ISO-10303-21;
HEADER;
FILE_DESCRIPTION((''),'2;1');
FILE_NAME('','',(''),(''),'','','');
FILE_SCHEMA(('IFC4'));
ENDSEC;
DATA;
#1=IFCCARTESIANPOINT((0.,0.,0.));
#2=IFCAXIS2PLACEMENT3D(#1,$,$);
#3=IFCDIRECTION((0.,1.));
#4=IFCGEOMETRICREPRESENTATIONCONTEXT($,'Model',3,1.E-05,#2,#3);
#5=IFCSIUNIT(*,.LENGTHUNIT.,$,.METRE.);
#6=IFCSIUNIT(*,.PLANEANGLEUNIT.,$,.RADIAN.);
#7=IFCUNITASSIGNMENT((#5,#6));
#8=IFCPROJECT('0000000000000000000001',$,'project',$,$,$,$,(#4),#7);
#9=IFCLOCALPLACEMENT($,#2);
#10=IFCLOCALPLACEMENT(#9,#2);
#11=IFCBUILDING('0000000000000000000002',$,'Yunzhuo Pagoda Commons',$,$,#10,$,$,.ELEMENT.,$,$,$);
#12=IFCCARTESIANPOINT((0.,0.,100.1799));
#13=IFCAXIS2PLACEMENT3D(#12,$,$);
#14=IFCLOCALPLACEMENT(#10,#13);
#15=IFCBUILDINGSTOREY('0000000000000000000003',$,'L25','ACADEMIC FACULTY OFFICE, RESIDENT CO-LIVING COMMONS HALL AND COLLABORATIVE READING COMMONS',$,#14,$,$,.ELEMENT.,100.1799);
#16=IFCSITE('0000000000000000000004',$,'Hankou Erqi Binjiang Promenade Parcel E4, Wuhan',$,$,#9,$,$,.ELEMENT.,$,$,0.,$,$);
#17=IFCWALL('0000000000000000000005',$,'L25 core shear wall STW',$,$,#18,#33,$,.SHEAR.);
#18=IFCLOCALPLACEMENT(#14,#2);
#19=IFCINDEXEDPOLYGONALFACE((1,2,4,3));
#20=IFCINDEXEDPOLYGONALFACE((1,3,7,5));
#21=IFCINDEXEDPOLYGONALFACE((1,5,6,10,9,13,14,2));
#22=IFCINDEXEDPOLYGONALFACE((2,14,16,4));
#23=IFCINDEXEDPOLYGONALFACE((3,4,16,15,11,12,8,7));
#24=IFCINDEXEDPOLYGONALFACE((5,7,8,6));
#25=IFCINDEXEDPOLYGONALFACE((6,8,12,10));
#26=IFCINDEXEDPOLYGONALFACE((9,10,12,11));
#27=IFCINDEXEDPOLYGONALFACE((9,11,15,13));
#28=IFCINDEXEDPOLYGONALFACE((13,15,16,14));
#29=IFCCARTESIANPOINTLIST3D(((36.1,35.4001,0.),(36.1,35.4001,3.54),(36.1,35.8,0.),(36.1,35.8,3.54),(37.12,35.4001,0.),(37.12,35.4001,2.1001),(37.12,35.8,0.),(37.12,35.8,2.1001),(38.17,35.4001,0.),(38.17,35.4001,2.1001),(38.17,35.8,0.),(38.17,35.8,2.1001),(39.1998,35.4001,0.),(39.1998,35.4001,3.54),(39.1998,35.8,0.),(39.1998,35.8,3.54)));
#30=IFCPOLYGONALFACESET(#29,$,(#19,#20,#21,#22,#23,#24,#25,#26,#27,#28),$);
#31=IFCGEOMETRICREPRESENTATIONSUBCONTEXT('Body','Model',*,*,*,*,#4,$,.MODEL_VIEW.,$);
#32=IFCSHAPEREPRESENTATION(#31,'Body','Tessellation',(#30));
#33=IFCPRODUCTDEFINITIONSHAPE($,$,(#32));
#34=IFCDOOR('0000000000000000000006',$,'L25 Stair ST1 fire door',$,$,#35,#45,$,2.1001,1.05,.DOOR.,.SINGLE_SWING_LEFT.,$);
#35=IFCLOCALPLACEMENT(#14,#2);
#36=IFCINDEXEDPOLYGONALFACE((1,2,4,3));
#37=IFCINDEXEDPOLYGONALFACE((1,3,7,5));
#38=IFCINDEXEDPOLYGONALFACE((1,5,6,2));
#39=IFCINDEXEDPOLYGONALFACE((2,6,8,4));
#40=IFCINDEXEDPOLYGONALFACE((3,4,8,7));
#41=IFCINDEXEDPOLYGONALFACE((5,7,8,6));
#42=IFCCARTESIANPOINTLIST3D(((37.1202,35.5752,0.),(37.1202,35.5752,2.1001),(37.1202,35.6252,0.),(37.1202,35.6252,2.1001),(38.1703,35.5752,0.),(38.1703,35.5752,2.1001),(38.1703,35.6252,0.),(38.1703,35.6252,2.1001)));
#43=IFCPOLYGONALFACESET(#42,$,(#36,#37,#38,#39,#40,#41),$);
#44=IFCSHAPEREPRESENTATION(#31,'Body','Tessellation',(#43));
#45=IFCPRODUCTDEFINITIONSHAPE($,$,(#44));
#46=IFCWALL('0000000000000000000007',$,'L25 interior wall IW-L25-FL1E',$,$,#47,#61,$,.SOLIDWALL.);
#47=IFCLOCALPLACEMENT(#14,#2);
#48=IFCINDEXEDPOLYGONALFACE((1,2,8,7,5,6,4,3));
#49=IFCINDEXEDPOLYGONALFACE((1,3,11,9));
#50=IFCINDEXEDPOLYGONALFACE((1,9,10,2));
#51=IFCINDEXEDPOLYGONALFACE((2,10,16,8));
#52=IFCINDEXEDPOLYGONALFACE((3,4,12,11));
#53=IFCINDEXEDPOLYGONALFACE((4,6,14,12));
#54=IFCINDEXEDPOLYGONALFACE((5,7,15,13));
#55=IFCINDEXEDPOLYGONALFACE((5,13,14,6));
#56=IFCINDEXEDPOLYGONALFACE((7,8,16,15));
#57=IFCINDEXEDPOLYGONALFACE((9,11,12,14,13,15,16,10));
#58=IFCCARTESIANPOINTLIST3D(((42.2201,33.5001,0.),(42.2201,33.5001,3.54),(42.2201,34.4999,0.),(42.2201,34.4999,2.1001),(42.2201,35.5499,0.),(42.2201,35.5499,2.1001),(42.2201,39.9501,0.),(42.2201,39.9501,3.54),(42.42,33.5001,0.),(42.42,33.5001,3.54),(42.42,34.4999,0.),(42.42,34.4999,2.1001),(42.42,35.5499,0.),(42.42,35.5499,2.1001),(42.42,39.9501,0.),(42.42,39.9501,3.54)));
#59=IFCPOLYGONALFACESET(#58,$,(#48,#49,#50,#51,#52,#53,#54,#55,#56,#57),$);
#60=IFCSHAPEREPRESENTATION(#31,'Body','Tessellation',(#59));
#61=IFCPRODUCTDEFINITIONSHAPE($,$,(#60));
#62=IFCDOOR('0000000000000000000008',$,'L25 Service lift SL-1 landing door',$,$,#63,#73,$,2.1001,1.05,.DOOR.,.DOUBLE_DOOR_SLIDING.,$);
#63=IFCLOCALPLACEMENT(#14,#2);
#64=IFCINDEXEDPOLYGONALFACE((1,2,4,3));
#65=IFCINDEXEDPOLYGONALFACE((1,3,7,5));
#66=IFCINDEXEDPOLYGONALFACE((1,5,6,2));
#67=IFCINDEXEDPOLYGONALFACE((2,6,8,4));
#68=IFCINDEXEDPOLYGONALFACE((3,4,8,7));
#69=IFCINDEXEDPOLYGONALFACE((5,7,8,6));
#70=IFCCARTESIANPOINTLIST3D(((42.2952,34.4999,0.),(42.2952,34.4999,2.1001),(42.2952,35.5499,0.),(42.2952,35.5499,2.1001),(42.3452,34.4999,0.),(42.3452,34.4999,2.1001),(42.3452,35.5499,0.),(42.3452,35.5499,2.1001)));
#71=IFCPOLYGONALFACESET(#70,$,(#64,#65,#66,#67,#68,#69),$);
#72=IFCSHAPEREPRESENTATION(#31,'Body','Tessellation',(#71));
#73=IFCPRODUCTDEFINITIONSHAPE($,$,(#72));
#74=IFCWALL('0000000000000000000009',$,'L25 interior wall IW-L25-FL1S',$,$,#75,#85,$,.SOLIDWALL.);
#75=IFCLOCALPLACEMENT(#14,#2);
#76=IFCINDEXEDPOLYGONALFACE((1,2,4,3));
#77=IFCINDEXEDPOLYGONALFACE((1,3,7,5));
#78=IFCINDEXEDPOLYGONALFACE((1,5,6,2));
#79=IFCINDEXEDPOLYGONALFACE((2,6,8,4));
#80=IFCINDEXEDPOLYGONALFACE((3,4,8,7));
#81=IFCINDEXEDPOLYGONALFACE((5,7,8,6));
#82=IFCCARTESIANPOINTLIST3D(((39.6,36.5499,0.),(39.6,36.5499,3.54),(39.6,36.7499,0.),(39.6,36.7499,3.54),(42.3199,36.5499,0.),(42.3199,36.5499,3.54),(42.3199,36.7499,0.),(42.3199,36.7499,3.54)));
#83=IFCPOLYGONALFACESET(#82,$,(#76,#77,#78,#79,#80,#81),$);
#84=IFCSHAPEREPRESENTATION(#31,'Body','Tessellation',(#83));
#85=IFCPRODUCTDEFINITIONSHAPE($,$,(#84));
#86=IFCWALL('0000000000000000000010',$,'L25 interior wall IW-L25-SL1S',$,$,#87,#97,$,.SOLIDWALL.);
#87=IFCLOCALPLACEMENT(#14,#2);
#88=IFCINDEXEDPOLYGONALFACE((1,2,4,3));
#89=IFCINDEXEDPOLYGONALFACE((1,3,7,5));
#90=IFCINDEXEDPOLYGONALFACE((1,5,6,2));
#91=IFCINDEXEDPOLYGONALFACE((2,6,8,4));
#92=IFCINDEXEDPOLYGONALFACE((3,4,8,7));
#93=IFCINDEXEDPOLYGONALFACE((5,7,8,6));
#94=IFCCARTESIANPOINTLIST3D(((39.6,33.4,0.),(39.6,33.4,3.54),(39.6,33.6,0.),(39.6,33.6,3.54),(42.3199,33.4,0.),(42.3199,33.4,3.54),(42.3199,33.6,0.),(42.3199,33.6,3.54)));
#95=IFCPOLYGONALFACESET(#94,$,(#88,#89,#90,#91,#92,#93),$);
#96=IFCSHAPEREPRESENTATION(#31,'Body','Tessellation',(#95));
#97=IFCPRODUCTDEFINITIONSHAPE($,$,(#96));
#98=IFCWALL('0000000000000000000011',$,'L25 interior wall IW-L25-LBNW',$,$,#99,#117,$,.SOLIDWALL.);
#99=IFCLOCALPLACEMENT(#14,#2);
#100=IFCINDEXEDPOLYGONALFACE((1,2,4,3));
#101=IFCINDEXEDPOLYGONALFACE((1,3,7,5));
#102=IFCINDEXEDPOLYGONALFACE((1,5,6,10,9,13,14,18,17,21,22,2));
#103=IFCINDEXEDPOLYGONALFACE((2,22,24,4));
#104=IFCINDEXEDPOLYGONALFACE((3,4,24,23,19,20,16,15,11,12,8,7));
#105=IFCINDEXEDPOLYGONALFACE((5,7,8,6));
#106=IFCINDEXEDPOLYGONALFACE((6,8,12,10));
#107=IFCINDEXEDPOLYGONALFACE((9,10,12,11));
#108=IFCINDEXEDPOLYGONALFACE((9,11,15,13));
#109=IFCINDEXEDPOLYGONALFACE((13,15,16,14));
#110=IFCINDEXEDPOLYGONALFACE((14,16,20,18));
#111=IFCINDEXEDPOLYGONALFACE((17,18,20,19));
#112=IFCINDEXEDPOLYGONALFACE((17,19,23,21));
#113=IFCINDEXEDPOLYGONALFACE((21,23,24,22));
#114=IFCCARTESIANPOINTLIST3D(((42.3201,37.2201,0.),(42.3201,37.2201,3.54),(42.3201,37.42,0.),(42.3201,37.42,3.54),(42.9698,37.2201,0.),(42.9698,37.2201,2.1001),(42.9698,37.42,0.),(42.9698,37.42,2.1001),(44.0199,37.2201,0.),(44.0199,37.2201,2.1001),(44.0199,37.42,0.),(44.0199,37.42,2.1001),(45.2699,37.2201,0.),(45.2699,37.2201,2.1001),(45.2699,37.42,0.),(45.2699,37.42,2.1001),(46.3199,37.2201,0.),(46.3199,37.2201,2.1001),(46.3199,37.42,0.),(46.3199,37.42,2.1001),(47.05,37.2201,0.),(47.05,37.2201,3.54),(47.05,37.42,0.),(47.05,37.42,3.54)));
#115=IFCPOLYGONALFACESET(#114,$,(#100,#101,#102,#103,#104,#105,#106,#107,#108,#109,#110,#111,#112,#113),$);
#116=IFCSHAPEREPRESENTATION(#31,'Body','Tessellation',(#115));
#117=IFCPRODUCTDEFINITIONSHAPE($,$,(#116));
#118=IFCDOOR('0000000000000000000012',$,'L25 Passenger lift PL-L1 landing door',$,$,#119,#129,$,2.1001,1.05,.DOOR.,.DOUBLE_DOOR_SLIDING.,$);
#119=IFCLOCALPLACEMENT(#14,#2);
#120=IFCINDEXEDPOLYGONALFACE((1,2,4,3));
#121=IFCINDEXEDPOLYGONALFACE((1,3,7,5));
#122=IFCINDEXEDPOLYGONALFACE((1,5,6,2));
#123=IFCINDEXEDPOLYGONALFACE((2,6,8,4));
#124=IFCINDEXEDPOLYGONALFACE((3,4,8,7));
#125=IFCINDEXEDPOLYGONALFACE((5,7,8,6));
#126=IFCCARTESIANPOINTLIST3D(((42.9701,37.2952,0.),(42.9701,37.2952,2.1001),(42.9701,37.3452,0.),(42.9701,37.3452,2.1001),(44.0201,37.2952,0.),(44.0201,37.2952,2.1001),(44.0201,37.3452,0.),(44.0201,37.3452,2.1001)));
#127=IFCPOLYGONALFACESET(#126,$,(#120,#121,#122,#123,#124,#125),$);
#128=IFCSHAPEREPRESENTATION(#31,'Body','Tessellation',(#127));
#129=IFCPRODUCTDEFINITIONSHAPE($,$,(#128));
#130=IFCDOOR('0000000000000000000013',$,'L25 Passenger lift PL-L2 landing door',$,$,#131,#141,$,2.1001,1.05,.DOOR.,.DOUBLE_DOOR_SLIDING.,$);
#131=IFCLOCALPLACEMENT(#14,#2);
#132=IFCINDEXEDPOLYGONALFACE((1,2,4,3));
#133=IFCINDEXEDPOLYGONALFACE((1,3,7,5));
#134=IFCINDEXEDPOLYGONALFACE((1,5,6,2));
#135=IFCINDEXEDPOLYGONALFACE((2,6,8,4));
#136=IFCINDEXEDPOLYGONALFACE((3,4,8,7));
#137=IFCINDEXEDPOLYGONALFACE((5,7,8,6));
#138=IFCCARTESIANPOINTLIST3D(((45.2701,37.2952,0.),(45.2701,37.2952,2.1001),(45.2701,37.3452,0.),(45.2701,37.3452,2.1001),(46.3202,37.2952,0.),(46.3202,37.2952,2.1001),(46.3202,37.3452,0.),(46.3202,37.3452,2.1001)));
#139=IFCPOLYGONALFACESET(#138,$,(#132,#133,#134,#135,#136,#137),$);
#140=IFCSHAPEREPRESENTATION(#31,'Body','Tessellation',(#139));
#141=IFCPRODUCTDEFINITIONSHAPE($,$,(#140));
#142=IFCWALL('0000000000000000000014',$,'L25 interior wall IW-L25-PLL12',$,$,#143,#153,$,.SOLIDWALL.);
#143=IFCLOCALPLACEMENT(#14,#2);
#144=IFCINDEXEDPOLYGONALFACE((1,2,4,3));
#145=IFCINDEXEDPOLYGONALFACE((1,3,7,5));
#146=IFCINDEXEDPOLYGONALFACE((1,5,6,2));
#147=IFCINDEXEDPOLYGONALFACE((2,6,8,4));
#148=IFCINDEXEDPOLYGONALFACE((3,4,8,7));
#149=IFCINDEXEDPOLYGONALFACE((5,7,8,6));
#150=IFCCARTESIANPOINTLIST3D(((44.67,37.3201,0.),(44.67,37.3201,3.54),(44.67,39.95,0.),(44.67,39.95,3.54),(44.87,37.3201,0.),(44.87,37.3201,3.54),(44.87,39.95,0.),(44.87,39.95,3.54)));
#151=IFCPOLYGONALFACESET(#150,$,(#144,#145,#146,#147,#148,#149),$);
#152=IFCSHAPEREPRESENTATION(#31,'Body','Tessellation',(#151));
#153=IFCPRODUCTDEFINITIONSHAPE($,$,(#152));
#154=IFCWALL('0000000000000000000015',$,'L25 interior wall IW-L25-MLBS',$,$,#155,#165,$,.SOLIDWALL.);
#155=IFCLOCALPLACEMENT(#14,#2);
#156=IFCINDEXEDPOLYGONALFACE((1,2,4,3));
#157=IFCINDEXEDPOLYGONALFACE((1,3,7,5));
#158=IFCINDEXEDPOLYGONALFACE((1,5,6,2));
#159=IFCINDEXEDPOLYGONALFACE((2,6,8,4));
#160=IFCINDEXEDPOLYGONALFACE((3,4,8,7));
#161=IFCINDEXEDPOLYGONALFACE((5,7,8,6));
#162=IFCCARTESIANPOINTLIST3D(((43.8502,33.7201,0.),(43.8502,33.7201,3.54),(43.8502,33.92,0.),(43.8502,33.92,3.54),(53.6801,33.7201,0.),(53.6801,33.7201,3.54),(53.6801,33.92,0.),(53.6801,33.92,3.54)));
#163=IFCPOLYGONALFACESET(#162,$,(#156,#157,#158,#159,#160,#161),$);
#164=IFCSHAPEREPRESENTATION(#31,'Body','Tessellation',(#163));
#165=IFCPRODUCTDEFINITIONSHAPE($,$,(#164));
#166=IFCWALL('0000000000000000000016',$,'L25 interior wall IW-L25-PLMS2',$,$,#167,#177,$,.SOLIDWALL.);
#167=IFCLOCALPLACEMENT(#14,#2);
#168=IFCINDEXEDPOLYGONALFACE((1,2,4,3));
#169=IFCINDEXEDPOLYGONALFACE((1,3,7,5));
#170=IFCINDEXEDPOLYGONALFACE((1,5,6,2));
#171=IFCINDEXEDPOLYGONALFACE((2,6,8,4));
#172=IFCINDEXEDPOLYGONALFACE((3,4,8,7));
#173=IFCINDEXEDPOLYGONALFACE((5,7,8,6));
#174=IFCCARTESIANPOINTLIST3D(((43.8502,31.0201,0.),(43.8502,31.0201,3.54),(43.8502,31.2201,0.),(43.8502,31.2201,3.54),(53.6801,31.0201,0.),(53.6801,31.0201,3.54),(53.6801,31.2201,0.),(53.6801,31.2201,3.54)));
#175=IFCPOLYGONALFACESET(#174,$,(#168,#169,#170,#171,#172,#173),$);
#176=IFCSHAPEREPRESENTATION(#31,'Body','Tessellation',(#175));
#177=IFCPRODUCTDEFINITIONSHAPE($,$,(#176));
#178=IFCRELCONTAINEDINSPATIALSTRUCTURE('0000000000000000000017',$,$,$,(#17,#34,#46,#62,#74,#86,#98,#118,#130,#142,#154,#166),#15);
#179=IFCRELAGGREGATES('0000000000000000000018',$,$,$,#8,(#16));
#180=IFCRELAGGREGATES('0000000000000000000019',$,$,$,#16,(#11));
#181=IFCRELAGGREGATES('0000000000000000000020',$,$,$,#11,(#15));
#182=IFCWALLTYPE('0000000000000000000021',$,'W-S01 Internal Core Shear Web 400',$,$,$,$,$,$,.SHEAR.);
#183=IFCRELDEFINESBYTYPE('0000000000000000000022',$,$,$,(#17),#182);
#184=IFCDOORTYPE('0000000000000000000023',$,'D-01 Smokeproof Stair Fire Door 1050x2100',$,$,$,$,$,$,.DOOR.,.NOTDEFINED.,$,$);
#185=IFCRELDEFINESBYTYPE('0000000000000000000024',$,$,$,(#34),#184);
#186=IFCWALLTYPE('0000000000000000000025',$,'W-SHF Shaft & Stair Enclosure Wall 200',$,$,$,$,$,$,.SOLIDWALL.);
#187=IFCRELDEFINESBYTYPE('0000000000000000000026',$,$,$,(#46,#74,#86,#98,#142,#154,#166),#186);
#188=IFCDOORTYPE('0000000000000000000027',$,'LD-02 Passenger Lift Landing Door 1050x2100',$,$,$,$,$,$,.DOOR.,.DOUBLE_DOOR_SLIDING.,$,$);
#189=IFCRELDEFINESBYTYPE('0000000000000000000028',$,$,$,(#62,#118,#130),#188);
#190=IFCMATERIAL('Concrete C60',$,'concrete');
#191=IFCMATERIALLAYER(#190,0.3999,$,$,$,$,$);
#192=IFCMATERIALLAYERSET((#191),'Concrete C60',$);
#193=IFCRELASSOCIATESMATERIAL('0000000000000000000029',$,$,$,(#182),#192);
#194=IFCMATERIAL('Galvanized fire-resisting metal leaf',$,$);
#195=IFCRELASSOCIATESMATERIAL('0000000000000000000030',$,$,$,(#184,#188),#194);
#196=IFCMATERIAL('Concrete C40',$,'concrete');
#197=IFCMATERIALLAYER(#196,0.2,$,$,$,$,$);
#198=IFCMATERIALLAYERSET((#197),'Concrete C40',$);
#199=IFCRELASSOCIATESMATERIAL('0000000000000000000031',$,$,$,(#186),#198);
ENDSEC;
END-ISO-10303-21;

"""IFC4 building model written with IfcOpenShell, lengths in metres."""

from ifc_helpers import new_model, si_unit, direction, frame, frame_2d, origin, origin_with_axes, place, context, subcontext, project, spatial, rectangle, extrude, source, transform, mapped, material, layer, layer_set, type_object, element, fill, save


model = new_model("IFC4")

# Units and contexts
model_context = context("Model", 3, precision=1e-05, world=origin(), true_north=direction((0.0, 1.0)))
body_context = subcontext(model_context, "Body", "Model", "MODEL_VIEW")
ifc_project = project(units=[si_unit("LENGTHUNIT", "METRE"), si_unit("PLANEANGLEUNIT", "RADIAN")], contexts=[model_context])

# Site, building, storey
site_placement = place(None, origin())
site = spatial("IfcSite", under=ifc_project, at=site_placement, Name="Hankou Erqi Binjiang Promenade Parcel E4, Wuhan", CompositionType="ELEMENT", RefElevation=0.0)
building_placement = place(site_placement, origin())
building = spatial("IfcBuilding", under=site, at=building_placement, Name="Yunzhuo Pagoda Commons", CompositionType="ELEMENT")
storey_placement = place(building_placement, frame((0.0, 0.0, 100.1799)))
storey = spatial("IfcBuildingStorey", under=building, at=storey_placement, Name="L25", Description="ACADEMIC FACULTY OFFICE, RESIDENT CO-LIVING COMMONS HALL AND COLLABORATIVE READING COMMONS", CompositionType="ELEMENT", Elevation=100.1799)

# Walls, openings, doors
ifc_material_1 = material(Name="Concrete C60", Category="concrete")
ifc_layer_1 = layer(ifc_material_1, 0.3999)
ifc_layer_set_1 = layer_set([ifc_layer_1], Name="Concrete C60")
wall_type_1 = type_object("IfcWallType", Name="W-S01 Internal Core Shear Web 400", PredefinedType="SHEAR", material=ifc_layer_set_1)
wall_1_placement = place(storey_placement, frame((36.1001, 35.6001, 0.0), z_axis=(0.0, 0.0, 1.0), x_axis=(1.0, 0.0, 0.0)))
wall_1 = element("IfcWall", 1, at=wall_1_placement, inside=storey, type_object=wall_type_1, Name="L25 core shear wall STW", PredefinedType="SHEAR", context=body_context, shape_type="SweptSolid", body=[
    extrude(rectangle(XDim=3.0999, YDim=0.3999, at=frame_2d((1.5498, 0.0))), origin(), (0.0, 0.0, 1.0), 3.54),
])
opening_1_placement = place(wall_1_placement, frame((1.02, 0.0, 0.0)))
opening_1 = element("IfcOpeningElement", 2, at=opening_1_placement, cuts=wall_1, PredefinedType="OPENING", context=body_context, shape_type="SweptSolid", body=[
    extrude(rectangle(XDim=1.05, YDim=2.1001, at=frame_2d((0.5249, 1.05))), frame((0.0, 0.21, 0.0), z_axis=(0.0, -1.0, 0.0), x_axis=(1.0, 0.0, 0.0)), (0.0, 0.0, 1.0), 0.4199),
])
ifc_material_2 = material(Name="Galvanized fire-resisting metal leaf")
door_type_1 = type_object("IfcDoorType", Name="D-01 Smokeproof Stair Fire Door 1050x2100", OperationType="NOTDEFINED", PredefinedType="DOOR", material=ifc_material_2)
shared_shape_1 = source(origin(), body_context, "Body", "SweptSolid", [
    extrude(rectangle(XDim=1.05, YDim=2.1001, at=frame_2d((0.5249, 1.05))), frame((0.0, 0.0249, 0.0), z_axis=(0.0, -1.0, 0.0), x_axis=(1.0, 0.0, 0.0)), (0.0, 0.0, 1.0), 0.05),
])
door_1_placement = place(opening_1_placement, frame((1.05, 0.0, 0.0), z_axis=(0.0, 0.0, 1.0), x_axis=(-1.0, 0.0, 0.0)))
door_1 = element("IfcDoor", 3, at=door_1_placement, inside=storey, type_object=door_type_1, Name="L25 Stair ST1 fire door", OperationType="SINGLE_SWING_LEFT", OverallHeight=2.1001, OverallWidth=1.05, PredefinedType="DOOR", context=body_context, shape_type="MappedRepresentation", body=[
    mapped(shared_shape_1, transform((0.0, 0.0, 0.0), scale=1.0)),
])
fill(opening_1, door_1)
ifc_material_3 = material(Name="Concrete C40", Category="concrete")
ifc_layer_2 = layer(ifc_material_3, 0.2)
ifc_layer_set_2 = layer_set([ifc_layer_2], Name="Concrete C40")
wall_type_2 = type_object("IfcWallType", Name="W-SHF Shaft & Stair Enclosure Wall 200", PredefinedType="SOLIDWALL", material=ifc_layer_set_2)
wall_2_placement = place(storey_placement, frame((42.3201, 33.5, 0.0), z_axis=(0.0, 0.0, 1.0), x_axis=(0.0, 1.0, 0.0)))
wall_2 = element("IfcWall", 4, at=wall_2_placement, inside=storey, type_object=wall_type_2, Name="L25 interior wall IW-L25-FL1E", PredefinedType="SOLIDWALL", context=body_context, shape_type="SweptSolid", body=[
    extrude(rectangle(XDim=6.45, YDim=0.2, at=frame_2d((3.2251, 0.0))), origin(), (0.0, 0.0, 1.0), 3.54),
])
opening_2_placement = place(wall_2_placement, frame((1.0, 0.0, 0.0)))
opening_2 = element("IfcOpeningElement", 5, at=opening_2_placement, cuts=wall_2, PredefinedType="OPENING", context=body_context, shape_type="SweptSolid", body=[
    extrude(rectangle(XDim=1.05, YDim=2.1001, at=frame_2d((0.5249, 1.05))), frame((0.0, 0.1099, 0.0), z_axis=(0.0, -1.0, 0.0), x_axis=(1.0, 0.0, 0.0)), (0.0, 0.0, 1.0), 0.22),
])
door_type_2 = type_object("IfcDoorType", Name="LD-02 Passenger Lift Landing Door 1050x2100", OperationType="DOUBLE_DOOR_SLIDING", PredefinedType="DOOR", material=ifc_material_2)
door_2_placement = place(opening_2_placement, origin_with_axes())
door_2 = element("IfcDoor", 6, at=door_2_placement, inside=storey, type_object=door_type_2, Name="L25 Service lift SL-1 landing door", OperationType="DOUBLE_DOOR_SLIDING", OverallHeight=2.1001, OverallWidth=1.05, PredefinedType="DOOR", context=body_context, shape_type="MappedRepresentation", body=[
    mapped(shared_shape_1, transform((0.0, 0.0, 0.0), scale=1.0)),
])
fill(opening_2, door_2)

# Walls
for number, where, z_axis, x_axis, name in (
    (7, (39.6001, 36.6499, 0.0), (0.0, 0.0, 1.0), (1.0, 0.0, 0.0), "L25 interior wall IW-L25-FL1S"),
    (8, (39.6001, 33.5, 0.0), (0.0, 0.0, 1.0), (1.0, 0.0, 0.0), "L25 interior wall IW-L25-SL1S"),
):
    element("IfcWall", number, at=place(storey_placement, frame(where, z_axis=z_axis, x_axis=x_axis)), inside=storey, type_object=wall_type_2, Name=name, PredefinedType="SOLIDWALL", context=body_context, shape_type="SweptSolid", body=[
        extrude(rectangle(XDim=2.72, YDim=0.2, at=frame_2d((1.3599, 0.0))), origin(), (0.0, 0.0, 1.0), 3.54),
    ])

# Wall, openings, doors
wall_3_placement = place(storey_placement, frame((42.3201, 37.3201, 0.0), z_axis=(0.0, 0.0, 1.0), x_axis=(1.0, 0.0, 0.0)))
wall_3 = element("IfcWall", 9, at=wall_3_placement, inside=storey, type_object=wall_type_2, Name="L25 interior wall IW-L25-LBNW", PredefinedType="SOLIDWALL", context=body_context, shape_type="SweptSolid", body=[
    extrude(rectangle(XDim=4.73, YDim=0.2, at=frame_2d((2.365, 0.0))), origin(), (0.0, 0.0, 1.0), 3.54),
])
opening_3_placement = place(wall_3_placement, frame((0.6499, 0.0, 0.0)))
opening_3 = element("IfcOpeningElement", 10, at=opening_3_placement, cuts=wall_3, PredefinedType="OPENING", context=body_context, shape_type="SweptSolid", body=[
    extrude(rectangle(XDim=1.05, YDim=2.1001, at=frame_2d((0.5249, 1.05))), frame((0.0, 0.1099, 0.0), z_axis=(0.0, -1.0, 0.0), x_axis=(1.0, 0.0, 0.0)), (0.0, 0.0, 1.0), 0.22),
])
opening_4_placement = place(wall_3_placement, frame((2.95, 0.0, 0.0)))
opening_4 = element("IfcOpeningElement", 11, at=opening_4_placement, cuts=wall_3, PredefinedType="OPENING", context=body_context, shape_type="SweptSolid", body=[
    extrude(rectangle(XDim=1.05, YDim=2.1001, at=frame_2d((0.5249, 1.05))), frame((0.0, 0.1099, 0.0), z_axis=(0.0, -1.0, 0.0), x_axis=(1.0, 0.0, 0.0)), (0.0, 0.0, 1.0), 0.22),
])
door_3_placement = place(opening_3_placement, frame((1.05, 0.0, 0.0), z_axis=(0.0, 0.0, 1.0), x_axis=(-1.0, 0.0, 0.0)))
door_3 = element("IfcDoor", 12, at=door_3_placement, inside=storey, type_object=door_type_2, Name="L25 Passenger lift PL-L1 landing door", OperationType="DOUBLE_DOOR_SLIDING", OverallHeight=2.1001, OverallWidth=1.05, PredefinedType="DOOR", context=body_context, shape_type="MappedRepresentation", body=[
    mapped(shared_shape_1, transform((0.0, 0.0, 0.0), scale=1.0)),
])
fill(opening_3, door_3)
door_4_placement = place(opening_4_placement, frame((1.05, 0.0, 0.0), z_axis=(0.0, 0.0, 1.0), x_axis=(-1.0, 0.0, 0.0)))
door_4 = element("IfcDoor", 13, at=door_4_placement, inside=storey, type_object=door_type_2, Name="L25 Passenger lift PL-L2 landing door", OperationType="DOUBLE_DOOR_SLIDING", OverallHeight=2.1001, OverallWidth=1.05, PredefinedType="DOOR", context=body_context, shape_type="MappedRepresentation", body=[
    mapped(shared_shape_1, transform((0.0, 0.0, 0.0), scale=1.0)),
])
fill(opening_4, door_4)

# Walls
wall_4_placement = place(storey_placement, frame((44.77, 37.3201, 0.0), z_axis=(0.0, 0.0, 1.0), x_axis=(0.0, 1.0, 0.0)))
element("IfcWall", 14, at=wall_4_placement, inside=storey, type_object=wall_type_2, Name="L25 interior wall IW-L25-PLL12", PredefinedType="SOLIDWALL", context=body_context, shape_type="SweptSolid", body=[
    extrude(rectangle(XDim=2.6299, YDim=0.2, at=frame_2d((1.3149, 0.0))), origin(), (0.0, 0.0, 1.0), 3.54),
])
for number, where, z_axis, x_axis, name in (
    (15, (43.8501, 33.8201, 0.0), (0.0, 0.0, 1.0), (1.0, 0.0, 0.0), "L25 interior wall IW-L25-MLBS"),
    (16, (43.8501, 31.1201, 0.0), (0.0, 0.0, 1.0), (1.0, 0.0, 0.0), "L25 interior wall IW-L25-PLMS2"),
):
    element("IfcWall", number, at=place(storey_placement, frame(where, z_axis=z_axis, x_axis=x_axis)), inside=storey, type_object=wall_type_2, Name=name, PredefinedType="SOLIDWALL", context=body_context, shape_type="SweptSolid", body=[
        extrude(rectangle(XDim=9.8298, YDim=0.2, at=frame_2d((4.915, 0.0))), origin(), (0.0, 0.0, 1.0), 3.54),
    ])

save(model, "model.ifc")
